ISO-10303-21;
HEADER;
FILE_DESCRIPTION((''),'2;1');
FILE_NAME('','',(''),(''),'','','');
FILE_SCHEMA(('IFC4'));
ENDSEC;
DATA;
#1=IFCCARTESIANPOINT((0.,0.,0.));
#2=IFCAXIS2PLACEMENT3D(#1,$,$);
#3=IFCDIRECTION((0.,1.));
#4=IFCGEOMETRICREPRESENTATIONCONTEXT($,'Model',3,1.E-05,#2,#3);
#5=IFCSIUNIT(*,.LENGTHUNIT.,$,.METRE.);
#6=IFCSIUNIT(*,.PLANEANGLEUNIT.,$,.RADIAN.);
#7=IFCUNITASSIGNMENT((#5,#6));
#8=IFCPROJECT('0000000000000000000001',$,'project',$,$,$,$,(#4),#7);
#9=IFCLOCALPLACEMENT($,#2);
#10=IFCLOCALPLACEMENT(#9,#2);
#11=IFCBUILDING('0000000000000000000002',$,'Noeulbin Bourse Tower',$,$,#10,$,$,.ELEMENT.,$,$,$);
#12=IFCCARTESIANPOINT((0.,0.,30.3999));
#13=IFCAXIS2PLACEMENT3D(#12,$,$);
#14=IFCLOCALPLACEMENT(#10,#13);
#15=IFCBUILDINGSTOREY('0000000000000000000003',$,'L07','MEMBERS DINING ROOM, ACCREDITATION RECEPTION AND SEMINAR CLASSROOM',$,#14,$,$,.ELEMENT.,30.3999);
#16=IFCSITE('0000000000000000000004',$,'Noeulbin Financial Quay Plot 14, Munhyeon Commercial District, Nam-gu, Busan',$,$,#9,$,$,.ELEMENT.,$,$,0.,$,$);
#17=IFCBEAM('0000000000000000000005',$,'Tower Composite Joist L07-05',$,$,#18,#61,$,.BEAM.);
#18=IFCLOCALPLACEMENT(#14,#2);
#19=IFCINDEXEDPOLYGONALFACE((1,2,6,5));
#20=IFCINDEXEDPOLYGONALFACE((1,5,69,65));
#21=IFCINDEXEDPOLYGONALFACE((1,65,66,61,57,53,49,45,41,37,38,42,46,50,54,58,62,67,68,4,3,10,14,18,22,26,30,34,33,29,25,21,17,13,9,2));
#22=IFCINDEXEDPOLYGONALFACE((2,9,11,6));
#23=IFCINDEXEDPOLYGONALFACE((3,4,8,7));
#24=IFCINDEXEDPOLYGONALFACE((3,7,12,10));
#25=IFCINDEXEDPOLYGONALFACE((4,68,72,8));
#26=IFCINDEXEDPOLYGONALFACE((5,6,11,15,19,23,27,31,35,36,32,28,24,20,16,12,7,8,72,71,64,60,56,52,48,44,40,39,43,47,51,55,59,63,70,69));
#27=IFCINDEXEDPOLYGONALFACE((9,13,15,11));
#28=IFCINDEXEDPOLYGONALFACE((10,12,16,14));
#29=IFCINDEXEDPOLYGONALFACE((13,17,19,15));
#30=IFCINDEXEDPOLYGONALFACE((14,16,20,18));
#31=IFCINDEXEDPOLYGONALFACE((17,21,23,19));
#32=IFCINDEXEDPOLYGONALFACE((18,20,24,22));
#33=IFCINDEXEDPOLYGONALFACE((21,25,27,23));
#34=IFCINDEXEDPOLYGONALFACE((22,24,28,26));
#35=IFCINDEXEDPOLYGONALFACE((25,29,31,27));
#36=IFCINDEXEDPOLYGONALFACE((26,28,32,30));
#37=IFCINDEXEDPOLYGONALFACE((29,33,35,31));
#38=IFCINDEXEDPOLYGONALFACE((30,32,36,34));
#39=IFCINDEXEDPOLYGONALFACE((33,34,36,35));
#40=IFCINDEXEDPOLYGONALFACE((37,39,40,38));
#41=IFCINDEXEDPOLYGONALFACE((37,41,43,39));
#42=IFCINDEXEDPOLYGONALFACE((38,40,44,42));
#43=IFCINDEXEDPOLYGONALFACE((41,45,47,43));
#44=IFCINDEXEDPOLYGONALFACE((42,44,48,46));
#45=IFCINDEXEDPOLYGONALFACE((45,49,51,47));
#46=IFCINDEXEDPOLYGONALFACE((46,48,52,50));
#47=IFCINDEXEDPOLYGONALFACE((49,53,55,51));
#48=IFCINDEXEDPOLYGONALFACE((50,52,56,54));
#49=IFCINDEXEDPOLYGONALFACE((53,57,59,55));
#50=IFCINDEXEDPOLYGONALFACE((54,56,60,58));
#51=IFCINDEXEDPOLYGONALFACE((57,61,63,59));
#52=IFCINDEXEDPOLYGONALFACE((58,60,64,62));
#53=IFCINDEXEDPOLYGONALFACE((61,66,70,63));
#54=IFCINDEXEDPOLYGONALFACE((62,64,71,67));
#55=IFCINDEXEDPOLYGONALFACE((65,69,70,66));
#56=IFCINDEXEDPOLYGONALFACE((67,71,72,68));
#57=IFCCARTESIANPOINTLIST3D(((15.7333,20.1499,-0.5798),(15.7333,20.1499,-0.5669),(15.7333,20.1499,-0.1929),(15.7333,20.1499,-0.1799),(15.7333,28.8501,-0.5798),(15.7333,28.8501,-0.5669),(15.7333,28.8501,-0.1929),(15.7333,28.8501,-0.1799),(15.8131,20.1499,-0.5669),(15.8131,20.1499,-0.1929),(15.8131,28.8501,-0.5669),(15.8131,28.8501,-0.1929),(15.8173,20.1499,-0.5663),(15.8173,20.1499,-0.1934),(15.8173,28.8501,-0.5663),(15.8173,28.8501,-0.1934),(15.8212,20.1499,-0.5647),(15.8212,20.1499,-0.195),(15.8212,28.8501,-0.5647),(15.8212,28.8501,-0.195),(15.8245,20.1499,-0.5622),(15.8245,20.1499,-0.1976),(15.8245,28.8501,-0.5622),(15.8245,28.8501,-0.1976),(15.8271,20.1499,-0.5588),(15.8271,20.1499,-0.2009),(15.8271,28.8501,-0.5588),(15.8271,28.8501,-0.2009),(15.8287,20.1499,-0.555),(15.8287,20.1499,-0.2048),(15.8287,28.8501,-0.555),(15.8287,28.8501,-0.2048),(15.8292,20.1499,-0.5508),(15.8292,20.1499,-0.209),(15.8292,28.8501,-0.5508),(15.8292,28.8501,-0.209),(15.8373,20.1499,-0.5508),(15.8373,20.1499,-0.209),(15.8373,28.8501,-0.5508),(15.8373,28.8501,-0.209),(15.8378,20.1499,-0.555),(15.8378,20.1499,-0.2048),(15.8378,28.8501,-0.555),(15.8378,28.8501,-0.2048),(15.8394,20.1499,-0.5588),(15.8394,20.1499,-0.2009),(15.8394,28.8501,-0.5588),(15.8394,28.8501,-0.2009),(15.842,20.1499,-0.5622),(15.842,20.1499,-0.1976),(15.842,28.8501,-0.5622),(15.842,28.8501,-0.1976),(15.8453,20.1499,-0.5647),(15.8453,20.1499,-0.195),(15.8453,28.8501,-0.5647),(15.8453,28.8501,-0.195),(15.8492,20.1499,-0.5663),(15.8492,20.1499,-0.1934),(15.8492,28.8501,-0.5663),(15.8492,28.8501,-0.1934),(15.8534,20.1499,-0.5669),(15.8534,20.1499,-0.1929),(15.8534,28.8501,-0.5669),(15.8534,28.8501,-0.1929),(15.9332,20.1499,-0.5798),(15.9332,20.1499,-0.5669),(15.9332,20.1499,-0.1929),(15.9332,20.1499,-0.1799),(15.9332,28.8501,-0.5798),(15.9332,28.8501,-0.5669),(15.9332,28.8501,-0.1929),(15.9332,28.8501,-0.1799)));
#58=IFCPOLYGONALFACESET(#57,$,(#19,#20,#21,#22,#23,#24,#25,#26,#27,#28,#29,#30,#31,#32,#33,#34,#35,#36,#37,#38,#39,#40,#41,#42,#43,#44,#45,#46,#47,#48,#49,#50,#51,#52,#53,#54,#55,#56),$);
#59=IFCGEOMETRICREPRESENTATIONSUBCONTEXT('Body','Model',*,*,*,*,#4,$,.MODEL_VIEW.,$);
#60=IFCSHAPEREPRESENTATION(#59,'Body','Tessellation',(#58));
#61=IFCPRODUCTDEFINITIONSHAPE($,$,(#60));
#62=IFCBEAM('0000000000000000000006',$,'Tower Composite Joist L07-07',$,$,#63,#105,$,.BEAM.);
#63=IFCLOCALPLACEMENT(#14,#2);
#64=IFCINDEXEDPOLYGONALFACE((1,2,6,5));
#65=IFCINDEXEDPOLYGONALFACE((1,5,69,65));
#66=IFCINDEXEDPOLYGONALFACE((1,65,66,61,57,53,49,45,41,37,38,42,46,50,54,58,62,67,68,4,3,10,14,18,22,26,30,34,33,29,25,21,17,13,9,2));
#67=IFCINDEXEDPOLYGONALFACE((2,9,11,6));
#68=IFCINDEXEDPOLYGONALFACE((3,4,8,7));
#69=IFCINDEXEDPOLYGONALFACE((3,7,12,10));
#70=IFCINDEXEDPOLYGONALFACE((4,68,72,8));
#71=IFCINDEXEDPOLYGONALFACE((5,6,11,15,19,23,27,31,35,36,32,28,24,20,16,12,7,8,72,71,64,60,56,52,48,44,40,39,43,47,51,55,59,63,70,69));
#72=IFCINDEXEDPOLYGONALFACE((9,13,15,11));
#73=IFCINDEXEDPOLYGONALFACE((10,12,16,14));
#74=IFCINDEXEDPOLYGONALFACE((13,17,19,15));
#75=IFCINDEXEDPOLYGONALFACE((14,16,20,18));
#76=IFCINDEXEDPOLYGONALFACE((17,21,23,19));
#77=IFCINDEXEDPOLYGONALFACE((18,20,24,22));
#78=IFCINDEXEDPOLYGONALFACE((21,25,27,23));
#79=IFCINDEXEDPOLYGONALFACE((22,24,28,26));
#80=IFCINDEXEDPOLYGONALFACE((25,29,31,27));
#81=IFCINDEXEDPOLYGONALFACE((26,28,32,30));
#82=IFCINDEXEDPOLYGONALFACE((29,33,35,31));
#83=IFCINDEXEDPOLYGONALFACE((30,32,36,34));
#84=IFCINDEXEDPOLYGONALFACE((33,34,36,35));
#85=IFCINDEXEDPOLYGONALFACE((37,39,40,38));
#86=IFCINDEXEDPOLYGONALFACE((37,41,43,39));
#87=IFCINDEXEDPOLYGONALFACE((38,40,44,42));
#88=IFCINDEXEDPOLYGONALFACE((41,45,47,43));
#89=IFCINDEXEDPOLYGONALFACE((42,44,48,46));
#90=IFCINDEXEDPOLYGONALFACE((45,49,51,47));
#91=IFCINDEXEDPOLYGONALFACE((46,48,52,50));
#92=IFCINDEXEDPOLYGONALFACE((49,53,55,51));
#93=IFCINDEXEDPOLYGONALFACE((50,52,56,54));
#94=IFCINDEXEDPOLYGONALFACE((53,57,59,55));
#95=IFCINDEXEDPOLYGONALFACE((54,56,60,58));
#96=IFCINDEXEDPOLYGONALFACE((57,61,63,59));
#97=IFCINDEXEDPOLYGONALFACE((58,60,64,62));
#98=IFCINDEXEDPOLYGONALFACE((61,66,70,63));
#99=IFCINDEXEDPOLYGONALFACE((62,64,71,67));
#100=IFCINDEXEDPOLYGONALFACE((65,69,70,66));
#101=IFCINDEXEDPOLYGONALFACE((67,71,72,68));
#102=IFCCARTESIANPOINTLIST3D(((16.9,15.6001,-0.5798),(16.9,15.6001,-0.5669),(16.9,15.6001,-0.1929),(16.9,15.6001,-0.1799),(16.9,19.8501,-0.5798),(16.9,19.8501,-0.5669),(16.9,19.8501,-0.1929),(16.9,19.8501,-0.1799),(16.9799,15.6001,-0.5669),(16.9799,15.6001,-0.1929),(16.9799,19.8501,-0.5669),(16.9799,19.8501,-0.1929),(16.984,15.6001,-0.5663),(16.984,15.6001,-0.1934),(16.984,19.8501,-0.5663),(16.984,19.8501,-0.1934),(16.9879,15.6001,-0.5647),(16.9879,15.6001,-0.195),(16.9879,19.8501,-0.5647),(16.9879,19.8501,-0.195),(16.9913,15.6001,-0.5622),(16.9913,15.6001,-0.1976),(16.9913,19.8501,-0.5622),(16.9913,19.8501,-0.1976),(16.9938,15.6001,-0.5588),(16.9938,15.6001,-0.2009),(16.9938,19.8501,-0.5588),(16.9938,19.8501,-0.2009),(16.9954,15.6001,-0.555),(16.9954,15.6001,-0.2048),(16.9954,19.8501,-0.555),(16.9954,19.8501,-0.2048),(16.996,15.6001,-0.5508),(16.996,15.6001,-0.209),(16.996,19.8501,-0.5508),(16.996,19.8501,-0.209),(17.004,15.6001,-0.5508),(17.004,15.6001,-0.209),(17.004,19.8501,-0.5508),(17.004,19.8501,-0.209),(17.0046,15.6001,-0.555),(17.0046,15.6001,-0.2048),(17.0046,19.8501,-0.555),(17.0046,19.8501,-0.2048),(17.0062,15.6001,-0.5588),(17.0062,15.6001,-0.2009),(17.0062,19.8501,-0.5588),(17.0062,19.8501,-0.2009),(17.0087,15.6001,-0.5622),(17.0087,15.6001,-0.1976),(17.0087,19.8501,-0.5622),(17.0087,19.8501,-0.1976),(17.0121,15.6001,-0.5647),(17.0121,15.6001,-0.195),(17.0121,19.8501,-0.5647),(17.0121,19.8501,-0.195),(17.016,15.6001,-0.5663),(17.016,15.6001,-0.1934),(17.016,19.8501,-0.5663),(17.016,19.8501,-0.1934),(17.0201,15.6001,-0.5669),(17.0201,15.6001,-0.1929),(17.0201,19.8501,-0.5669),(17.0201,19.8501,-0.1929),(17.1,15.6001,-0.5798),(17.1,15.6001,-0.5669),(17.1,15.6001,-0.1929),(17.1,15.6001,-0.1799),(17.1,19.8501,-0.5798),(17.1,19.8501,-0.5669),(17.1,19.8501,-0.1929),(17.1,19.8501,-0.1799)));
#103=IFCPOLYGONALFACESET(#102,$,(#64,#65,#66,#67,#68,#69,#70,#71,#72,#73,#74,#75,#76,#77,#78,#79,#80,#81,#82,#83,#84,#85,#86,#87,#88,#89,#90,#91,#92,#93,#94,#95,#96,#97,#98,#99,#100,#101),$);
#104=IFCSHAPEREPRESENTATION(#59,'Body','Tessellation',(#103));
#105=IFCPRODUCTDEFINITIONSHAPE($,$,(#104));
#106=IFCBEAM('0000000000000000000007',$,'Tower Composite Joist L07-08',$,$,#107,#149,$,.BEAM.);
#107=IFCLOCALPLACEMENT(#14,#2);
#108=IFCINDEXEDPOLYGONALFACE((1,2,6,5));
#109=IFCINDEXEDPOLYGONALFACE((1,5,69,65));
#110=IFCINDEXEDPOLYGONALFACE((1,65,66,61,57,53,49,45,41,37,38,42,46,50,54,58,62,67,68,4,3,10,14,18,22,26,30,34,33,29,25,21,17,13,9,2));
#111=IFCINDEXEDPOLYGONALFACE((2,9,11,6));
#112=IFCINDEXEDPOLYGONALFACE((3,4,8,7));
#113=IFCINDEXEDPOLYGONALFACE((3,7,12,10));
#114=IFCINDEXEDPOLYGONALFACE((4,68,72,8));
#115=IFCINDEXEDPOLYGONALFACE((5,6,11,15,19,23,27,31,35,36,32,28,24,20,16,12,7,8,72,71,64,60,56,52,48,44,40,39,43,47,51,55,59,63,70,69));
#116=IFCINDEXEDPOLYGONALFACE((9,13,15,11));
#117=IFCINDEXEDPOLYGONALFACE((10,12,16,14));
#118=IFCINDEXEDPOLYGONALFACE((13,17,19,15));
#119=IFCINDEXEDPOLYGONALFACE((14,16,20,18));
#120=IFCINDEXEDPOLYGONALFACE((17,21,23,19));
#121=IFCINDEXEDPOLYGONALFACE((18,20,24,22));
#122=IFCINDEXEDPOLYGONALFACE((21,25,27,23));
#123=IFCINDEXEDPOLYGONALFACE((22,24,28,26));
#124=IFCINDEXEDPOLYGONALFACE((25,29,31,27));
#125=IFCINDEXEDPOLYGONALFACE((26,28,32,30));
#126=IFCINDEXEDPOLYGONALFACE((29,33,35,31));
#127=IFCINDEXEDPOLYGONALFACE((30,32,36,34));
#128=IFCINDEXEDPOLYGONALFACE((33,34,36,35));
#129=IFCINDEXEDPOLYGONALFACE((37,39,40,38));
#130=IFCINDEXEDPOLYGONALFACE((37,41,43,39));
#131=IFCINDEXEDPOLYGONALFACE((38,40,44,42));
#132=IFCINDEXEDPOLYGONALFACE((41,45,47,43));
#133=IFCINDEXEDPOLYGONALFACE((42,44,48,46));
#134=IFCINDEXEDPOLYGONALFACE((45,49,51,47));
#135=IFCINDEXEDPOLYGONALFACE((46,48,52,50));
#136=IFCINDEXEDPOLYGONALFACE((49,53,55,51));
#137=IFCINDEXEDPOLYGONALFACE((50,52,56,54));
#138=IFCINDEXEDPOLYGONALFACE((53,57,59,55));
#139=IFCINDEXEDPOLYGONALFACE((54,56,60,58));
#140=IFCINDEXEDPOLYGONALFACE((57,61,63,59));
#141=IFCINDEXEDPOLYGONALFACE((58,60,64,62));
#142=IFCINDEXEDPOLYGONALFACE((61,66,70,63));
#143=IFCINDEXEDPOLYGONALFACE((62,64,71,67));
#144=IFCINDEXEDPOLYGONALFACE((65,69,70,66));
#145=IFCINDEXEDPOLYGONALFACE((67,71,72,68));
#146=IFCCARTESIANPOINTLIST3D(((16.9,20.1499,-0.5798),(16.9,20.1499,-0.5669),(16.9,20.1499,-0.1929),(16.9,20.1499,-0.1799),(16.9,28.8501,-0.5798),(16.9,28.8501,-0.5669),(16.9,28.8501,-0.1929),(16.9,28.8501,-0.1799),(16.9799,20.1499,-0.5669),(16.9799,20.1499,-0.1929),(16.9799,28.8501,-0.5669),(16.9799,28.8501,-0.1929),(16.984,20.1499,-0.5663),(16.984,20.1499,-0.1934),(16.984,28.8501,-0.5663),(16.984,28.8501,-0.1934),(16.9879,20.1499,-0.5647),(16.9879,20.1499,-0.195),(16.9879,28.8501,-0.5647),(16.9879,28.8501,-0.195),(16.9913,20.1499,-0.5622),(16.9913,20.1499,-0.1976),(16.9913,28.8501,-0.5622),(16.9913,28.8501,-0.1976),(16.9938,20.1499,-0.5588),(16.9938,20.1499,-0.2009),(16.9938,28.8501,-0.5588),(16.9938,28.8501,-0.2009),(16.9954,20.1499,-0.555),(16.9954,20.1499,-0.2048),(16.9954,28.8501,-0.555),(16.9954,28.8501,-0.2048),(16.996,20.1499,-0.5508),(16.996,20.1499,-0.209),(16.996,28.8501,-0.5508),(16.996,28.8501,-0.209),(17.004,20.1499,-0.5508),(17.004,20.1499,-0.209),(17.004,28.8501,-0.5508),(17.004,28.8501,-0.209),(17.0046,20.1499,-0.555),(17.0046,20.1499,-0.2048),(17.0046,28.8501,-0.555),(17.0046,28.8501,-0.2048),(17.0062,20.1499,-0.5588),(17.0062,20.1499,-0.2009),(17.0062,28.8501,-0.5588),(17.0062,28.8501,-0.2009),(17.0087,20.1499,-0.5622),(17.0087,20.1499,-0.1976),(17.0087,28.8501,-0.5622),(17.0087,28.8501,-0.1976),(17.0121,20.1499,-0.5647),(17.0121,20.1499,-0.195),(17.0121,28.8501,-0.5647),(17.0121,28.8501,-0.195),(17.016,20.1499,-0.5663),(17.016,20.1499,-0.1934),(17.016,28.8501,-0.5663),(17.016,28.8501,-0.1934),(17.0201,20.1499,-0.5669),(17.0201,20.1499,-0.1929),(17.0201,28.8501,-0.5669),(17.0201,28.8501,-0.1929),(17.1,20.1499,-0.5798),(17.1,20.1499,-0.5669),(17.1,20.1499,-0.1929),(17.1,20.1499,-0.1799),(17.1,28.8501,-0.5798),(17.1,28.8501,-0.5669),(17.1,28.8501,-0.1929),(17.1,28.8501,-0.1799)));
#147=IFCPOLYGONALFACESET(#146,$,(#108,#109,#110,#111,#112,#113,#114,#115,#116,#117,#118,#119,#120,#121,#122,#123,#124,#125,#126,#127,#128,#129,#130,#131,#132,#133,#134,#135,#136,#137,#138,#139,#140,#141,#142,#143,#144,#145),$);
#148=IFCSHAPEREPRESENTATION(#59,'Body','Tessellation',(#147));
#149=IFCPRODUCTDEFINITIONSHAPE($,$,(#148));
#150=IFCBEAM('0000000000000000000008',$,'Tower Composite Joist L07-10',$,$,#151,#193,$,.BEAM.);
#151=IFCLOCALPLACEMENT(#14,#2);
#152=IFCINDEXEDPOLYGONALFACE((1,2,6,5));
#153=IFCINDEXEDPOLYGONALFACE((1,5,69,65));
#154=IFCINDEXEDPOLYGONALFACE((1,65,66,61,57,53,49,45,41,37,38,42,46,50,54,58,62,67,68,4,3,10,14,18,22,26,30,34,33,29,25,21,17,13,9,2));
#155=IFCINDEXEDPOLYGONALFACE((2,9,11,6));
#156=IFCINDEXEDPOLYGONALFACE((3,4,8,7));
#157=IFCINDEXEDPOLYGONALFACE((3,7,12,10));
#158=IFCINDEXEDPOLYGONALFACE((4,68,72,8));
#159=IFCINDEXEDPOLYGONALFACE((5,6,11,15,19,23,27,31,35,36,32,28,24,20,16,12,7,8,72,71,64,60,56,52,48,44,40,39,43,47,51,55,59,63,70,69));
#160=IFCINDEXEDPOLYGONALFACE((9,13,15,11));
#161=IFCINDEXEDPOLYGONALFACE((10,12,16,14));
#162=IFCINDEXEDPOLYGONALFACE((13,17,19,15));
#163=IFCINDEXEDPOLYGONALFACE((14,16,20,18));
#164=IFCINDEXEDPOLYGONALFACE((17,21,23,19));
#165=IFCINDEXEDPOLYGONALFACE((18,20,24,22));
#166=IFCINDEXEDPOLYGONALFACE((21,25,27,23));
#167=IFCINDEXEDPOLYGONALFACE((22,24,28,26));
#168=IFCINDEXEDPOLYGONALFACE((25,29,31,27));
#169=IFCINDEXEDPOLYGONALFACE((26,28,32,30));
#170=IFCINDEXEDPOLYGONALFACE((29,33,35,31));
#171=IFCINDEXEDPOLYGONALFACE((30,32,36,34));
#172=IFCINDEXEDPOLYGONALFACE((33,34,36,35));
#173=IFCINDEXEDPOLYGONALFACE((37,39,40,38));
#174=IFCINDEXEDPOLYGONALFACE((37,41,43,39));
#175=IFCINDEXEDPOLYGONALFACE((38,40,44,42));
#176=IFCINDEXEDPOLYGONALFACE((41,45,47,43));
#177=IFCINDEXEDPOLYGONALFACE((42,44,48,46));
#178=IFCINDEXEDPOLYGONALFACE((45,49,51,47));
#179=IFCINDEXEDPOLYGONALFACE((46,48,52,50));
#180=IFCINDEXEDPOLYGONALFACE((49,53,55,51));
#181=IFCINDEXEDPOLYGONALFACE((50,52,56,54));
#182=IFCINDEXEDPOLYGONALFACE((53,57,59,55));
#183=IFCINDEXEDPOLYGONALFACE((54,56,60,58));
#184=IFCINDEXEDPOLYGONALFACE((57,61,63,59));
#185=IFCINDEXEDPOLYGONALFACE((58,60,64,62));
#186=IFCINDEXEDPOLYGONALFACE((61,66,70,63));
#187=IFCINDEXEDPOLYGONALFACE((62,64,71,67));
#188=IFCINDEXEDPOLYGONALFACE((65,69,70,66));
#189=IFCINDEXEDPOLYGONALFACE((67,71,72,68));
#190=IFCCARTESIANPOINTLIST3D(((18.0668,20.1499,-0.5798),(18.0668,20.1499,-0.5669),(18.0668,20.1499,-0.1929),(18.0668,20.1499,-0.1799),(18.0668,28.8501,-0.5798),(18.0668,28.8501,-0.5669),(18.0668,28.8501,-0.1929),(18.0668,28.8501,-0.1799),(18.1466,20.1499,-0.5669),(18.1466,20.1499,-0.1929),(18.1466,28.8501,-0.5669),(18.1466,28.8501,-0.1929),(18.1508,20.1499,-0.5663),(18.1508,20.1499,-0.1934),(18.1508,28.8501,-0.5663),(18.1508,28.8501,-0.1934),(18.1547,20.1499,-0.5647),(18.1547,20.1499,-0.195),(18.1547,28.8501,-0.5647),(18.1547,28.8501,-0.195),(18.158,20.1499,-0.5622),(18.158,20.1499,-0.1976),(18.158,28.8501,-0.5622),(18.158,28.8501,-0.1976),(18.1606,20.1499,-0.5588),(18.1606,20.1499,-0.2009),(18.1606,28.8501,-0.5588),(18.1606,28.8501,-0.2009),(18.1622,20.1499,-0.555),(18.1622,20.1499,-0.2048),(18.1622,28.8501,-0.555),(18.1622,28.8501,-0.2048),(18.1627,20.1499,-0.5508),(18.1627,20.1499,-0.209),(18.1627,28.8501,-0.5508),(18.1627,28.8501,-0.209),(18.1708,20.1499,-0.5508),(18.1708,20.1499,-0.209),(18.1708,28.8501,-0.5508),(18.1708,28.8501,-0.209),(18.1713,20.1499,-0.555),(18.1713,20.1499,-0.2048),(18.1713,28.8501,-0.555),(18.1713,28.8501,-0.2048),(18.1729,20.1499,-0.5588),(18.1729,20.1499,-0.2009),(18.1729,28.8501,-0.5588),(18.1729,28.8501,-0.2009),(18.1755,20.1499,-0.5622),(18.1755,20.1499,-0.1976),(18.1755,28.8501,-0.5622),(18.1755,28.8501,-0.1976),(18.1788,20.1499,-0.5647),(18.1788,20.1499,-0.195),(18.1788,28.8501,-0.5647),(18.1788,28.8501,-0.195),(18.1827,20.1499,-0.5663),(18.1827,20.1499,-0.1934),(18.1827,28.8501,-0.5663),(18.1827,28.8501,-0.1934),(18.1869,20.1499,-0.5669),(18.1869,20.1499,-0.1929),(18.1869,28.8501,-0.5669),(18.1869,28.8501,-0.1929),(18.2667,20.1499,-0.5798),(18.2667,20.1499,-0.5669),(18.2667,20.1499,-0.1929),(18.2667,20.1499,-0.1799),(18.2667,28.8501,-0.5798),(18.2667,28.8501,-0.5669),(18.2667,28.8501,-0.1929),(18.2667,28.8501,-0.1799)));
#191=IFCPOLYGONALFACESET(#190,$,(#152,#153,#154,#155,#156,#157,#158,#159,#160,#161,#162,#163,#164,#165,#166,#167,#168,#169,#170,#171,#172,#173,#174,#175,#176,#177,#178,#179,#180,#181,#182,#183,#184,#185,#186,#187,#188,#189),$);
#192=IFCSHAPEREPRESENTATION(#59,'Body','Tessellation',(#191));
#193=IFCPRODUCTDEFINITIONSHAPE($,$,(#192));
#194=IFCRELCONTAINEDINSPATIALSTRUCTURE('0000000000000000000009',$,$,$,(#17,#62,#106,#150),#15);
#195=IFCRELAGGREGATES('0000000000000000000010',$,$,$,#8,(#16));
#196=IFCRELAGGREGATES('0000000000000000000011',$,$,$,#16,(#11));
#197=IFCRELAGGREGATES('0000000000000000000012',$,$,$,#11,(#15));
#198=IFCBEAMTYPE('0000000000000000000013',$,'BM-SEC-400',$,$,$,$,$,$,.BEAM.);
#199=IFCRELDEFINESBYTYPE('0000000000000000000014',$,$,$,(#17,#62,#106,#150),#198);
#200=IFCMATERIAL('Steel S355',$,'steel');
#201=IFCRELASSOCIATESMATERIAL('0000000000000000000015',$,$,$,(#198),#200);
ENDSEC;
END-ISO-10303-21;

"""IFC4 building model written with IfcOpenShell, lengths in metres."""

from ifc_helpers import new_model, si_unit, direction, frame, origin, origin_2d, place, context, subcontext, project, spatial, i_section, extrude, material, material_profile, profile_set, type_object, element, save


model = new_model("IFC4")

# Units and contexts
model_context = context("Model", 3, precision=1e-05, world=origin(), true_north=direction((0.0, 1.0)))
body_context = subcontext(model_context, "Body", "Model", "MODEL_VIEW")
ifc_project = project(units=[si_unit("LENGTHUNIT", "METRE"), si_unit("PLANEANGLEUNIT", "RADIAN")], contexts=[model_context])

# Site, building, storey
site_placement = place(None, origin())
site = spatial("IfcSite", under=ifc_project, at=site_placement, Name="Noeulbin Financial Quay Plot 14, Munhyeon Commercial District, Nam-gu, Busan", CompositionType="ELEMENT", RefElevation=0.0)
building_placement = place(site_placement, origin())
building = spatial("IfcBuilding", under=site, at=building_placement, Name="Noeulbin Bourse Tower", CompositionType="ELEMENT")
storey_placement = place(building_placement, frame((0.0, 0.0, 30.3999)))
storey = spatial("IfcBuildingStorey", under=building, at=storey_placement, Name="L07", Description="MEMBERS DINING ROOM, ACCREDITATION RECEPTION AND SEMINAR CLASSROOM", CompositionType="ELEMENT", Elevation=30.3999)

# Beams
ifc_material_1 = material(Name="Steel S355", Category="steel")
ifc_material_profile_1 = material_profile(ifc_material_1, i_section(OverallWidth=0.2, OverallDepth=0.3999, WebThickness=0.0081, FlangeThickness=0.0129, FilletRadius=0.0161, at=origin_2d()), Name="H-400x200x8x13", Category="LoadBearing")
ifc_profile_set_1 = profile_set([ifc_material_profile_1], Name="Steel S355")
beam_type_1 = type_object("IfcBeamType", Name="BM-SEC-400", PredefinedType="BEAM", material=ifc_profile_set_1)
beam_1_placement = place(storey_placement, frame((15.8333, 20.1499, -0.3799), z_axis=(0.0, 1.0, 0.0), x_axis=(-1.0, 0.0, 0.0)))
element("IfcBeam", 1, at=beam_1_placement, inside=storey, type_object=beam_type_1, Name="Tower Composite Joist L07-05", PredefinedType="BEAM", context=body_context, shape_type="SweptSolid", body=[
    extrude(i_section(OverallWidth=0.2, OverallDepth=0.3999, WebThickness=0.0081, FlangeThickness=0.0129, FilletRadius=0.0161, at=origin_2d()), origin(), (0.0, 0.0, 1.0), 8.7002),
])
beam_2_placement = place(storey_placement, frame((17.0, 15.6001, -0.3799), z_axis=(0.0, 1.0, 0.0), x_axis=(-1.0, 0.0, 0.0)))
element("IfcBeam", 2, at=beam_2_placement, inside=storey, type_object=beam_type_1, Name="Tower Composite Joist L07-07", PredefinedType="BEAM", context=body_context, shape_type="SweptSolid", body=[
    extrude(i_section(OverallWidth=0.2, OverallDepth=0.3999, WebThickness=0.0081, FlangeThickness=0.0129, FilletRadius=0.0161, at=origin_2d()), origin(), (0.0, 0.0, 1.0), 4.25),
])
for number, where, z_axis, x_axis, name in (
    (3, (17.0, 20.1499, -0.3799), (0.0, 1.0, 0.0), (-1.0, 0.0, 0.0), "Tower Composite Joist L07-08"),
    (4, (18.1667, 20.1499, -0.3799), (0.0, 1.0, 0.0), (-1.0, 0.0, 0.0), "Tower Composite Joist L07-10"),
):
    element("IfcBeam", number, at=place(storey_placement, frame(where, z_axis=z_axis, x_axis=x_axis)), inside=storey, type_object=beam_type_1, Name=name, PredefinedType="BEAM", context=body_context, shape_type="SweptSolid", body=[
        extrude(i_section(OverallWidth=0.2, OverallDepth=0.3999, WebThickness=0.0081, FlangeThickness=0.0129, FilletRadius=0.0161, at=origin_2d()), origin(), (0.0, 0.0, 1.0), 8.7002),
    ])

save(model, "model.ifc")
